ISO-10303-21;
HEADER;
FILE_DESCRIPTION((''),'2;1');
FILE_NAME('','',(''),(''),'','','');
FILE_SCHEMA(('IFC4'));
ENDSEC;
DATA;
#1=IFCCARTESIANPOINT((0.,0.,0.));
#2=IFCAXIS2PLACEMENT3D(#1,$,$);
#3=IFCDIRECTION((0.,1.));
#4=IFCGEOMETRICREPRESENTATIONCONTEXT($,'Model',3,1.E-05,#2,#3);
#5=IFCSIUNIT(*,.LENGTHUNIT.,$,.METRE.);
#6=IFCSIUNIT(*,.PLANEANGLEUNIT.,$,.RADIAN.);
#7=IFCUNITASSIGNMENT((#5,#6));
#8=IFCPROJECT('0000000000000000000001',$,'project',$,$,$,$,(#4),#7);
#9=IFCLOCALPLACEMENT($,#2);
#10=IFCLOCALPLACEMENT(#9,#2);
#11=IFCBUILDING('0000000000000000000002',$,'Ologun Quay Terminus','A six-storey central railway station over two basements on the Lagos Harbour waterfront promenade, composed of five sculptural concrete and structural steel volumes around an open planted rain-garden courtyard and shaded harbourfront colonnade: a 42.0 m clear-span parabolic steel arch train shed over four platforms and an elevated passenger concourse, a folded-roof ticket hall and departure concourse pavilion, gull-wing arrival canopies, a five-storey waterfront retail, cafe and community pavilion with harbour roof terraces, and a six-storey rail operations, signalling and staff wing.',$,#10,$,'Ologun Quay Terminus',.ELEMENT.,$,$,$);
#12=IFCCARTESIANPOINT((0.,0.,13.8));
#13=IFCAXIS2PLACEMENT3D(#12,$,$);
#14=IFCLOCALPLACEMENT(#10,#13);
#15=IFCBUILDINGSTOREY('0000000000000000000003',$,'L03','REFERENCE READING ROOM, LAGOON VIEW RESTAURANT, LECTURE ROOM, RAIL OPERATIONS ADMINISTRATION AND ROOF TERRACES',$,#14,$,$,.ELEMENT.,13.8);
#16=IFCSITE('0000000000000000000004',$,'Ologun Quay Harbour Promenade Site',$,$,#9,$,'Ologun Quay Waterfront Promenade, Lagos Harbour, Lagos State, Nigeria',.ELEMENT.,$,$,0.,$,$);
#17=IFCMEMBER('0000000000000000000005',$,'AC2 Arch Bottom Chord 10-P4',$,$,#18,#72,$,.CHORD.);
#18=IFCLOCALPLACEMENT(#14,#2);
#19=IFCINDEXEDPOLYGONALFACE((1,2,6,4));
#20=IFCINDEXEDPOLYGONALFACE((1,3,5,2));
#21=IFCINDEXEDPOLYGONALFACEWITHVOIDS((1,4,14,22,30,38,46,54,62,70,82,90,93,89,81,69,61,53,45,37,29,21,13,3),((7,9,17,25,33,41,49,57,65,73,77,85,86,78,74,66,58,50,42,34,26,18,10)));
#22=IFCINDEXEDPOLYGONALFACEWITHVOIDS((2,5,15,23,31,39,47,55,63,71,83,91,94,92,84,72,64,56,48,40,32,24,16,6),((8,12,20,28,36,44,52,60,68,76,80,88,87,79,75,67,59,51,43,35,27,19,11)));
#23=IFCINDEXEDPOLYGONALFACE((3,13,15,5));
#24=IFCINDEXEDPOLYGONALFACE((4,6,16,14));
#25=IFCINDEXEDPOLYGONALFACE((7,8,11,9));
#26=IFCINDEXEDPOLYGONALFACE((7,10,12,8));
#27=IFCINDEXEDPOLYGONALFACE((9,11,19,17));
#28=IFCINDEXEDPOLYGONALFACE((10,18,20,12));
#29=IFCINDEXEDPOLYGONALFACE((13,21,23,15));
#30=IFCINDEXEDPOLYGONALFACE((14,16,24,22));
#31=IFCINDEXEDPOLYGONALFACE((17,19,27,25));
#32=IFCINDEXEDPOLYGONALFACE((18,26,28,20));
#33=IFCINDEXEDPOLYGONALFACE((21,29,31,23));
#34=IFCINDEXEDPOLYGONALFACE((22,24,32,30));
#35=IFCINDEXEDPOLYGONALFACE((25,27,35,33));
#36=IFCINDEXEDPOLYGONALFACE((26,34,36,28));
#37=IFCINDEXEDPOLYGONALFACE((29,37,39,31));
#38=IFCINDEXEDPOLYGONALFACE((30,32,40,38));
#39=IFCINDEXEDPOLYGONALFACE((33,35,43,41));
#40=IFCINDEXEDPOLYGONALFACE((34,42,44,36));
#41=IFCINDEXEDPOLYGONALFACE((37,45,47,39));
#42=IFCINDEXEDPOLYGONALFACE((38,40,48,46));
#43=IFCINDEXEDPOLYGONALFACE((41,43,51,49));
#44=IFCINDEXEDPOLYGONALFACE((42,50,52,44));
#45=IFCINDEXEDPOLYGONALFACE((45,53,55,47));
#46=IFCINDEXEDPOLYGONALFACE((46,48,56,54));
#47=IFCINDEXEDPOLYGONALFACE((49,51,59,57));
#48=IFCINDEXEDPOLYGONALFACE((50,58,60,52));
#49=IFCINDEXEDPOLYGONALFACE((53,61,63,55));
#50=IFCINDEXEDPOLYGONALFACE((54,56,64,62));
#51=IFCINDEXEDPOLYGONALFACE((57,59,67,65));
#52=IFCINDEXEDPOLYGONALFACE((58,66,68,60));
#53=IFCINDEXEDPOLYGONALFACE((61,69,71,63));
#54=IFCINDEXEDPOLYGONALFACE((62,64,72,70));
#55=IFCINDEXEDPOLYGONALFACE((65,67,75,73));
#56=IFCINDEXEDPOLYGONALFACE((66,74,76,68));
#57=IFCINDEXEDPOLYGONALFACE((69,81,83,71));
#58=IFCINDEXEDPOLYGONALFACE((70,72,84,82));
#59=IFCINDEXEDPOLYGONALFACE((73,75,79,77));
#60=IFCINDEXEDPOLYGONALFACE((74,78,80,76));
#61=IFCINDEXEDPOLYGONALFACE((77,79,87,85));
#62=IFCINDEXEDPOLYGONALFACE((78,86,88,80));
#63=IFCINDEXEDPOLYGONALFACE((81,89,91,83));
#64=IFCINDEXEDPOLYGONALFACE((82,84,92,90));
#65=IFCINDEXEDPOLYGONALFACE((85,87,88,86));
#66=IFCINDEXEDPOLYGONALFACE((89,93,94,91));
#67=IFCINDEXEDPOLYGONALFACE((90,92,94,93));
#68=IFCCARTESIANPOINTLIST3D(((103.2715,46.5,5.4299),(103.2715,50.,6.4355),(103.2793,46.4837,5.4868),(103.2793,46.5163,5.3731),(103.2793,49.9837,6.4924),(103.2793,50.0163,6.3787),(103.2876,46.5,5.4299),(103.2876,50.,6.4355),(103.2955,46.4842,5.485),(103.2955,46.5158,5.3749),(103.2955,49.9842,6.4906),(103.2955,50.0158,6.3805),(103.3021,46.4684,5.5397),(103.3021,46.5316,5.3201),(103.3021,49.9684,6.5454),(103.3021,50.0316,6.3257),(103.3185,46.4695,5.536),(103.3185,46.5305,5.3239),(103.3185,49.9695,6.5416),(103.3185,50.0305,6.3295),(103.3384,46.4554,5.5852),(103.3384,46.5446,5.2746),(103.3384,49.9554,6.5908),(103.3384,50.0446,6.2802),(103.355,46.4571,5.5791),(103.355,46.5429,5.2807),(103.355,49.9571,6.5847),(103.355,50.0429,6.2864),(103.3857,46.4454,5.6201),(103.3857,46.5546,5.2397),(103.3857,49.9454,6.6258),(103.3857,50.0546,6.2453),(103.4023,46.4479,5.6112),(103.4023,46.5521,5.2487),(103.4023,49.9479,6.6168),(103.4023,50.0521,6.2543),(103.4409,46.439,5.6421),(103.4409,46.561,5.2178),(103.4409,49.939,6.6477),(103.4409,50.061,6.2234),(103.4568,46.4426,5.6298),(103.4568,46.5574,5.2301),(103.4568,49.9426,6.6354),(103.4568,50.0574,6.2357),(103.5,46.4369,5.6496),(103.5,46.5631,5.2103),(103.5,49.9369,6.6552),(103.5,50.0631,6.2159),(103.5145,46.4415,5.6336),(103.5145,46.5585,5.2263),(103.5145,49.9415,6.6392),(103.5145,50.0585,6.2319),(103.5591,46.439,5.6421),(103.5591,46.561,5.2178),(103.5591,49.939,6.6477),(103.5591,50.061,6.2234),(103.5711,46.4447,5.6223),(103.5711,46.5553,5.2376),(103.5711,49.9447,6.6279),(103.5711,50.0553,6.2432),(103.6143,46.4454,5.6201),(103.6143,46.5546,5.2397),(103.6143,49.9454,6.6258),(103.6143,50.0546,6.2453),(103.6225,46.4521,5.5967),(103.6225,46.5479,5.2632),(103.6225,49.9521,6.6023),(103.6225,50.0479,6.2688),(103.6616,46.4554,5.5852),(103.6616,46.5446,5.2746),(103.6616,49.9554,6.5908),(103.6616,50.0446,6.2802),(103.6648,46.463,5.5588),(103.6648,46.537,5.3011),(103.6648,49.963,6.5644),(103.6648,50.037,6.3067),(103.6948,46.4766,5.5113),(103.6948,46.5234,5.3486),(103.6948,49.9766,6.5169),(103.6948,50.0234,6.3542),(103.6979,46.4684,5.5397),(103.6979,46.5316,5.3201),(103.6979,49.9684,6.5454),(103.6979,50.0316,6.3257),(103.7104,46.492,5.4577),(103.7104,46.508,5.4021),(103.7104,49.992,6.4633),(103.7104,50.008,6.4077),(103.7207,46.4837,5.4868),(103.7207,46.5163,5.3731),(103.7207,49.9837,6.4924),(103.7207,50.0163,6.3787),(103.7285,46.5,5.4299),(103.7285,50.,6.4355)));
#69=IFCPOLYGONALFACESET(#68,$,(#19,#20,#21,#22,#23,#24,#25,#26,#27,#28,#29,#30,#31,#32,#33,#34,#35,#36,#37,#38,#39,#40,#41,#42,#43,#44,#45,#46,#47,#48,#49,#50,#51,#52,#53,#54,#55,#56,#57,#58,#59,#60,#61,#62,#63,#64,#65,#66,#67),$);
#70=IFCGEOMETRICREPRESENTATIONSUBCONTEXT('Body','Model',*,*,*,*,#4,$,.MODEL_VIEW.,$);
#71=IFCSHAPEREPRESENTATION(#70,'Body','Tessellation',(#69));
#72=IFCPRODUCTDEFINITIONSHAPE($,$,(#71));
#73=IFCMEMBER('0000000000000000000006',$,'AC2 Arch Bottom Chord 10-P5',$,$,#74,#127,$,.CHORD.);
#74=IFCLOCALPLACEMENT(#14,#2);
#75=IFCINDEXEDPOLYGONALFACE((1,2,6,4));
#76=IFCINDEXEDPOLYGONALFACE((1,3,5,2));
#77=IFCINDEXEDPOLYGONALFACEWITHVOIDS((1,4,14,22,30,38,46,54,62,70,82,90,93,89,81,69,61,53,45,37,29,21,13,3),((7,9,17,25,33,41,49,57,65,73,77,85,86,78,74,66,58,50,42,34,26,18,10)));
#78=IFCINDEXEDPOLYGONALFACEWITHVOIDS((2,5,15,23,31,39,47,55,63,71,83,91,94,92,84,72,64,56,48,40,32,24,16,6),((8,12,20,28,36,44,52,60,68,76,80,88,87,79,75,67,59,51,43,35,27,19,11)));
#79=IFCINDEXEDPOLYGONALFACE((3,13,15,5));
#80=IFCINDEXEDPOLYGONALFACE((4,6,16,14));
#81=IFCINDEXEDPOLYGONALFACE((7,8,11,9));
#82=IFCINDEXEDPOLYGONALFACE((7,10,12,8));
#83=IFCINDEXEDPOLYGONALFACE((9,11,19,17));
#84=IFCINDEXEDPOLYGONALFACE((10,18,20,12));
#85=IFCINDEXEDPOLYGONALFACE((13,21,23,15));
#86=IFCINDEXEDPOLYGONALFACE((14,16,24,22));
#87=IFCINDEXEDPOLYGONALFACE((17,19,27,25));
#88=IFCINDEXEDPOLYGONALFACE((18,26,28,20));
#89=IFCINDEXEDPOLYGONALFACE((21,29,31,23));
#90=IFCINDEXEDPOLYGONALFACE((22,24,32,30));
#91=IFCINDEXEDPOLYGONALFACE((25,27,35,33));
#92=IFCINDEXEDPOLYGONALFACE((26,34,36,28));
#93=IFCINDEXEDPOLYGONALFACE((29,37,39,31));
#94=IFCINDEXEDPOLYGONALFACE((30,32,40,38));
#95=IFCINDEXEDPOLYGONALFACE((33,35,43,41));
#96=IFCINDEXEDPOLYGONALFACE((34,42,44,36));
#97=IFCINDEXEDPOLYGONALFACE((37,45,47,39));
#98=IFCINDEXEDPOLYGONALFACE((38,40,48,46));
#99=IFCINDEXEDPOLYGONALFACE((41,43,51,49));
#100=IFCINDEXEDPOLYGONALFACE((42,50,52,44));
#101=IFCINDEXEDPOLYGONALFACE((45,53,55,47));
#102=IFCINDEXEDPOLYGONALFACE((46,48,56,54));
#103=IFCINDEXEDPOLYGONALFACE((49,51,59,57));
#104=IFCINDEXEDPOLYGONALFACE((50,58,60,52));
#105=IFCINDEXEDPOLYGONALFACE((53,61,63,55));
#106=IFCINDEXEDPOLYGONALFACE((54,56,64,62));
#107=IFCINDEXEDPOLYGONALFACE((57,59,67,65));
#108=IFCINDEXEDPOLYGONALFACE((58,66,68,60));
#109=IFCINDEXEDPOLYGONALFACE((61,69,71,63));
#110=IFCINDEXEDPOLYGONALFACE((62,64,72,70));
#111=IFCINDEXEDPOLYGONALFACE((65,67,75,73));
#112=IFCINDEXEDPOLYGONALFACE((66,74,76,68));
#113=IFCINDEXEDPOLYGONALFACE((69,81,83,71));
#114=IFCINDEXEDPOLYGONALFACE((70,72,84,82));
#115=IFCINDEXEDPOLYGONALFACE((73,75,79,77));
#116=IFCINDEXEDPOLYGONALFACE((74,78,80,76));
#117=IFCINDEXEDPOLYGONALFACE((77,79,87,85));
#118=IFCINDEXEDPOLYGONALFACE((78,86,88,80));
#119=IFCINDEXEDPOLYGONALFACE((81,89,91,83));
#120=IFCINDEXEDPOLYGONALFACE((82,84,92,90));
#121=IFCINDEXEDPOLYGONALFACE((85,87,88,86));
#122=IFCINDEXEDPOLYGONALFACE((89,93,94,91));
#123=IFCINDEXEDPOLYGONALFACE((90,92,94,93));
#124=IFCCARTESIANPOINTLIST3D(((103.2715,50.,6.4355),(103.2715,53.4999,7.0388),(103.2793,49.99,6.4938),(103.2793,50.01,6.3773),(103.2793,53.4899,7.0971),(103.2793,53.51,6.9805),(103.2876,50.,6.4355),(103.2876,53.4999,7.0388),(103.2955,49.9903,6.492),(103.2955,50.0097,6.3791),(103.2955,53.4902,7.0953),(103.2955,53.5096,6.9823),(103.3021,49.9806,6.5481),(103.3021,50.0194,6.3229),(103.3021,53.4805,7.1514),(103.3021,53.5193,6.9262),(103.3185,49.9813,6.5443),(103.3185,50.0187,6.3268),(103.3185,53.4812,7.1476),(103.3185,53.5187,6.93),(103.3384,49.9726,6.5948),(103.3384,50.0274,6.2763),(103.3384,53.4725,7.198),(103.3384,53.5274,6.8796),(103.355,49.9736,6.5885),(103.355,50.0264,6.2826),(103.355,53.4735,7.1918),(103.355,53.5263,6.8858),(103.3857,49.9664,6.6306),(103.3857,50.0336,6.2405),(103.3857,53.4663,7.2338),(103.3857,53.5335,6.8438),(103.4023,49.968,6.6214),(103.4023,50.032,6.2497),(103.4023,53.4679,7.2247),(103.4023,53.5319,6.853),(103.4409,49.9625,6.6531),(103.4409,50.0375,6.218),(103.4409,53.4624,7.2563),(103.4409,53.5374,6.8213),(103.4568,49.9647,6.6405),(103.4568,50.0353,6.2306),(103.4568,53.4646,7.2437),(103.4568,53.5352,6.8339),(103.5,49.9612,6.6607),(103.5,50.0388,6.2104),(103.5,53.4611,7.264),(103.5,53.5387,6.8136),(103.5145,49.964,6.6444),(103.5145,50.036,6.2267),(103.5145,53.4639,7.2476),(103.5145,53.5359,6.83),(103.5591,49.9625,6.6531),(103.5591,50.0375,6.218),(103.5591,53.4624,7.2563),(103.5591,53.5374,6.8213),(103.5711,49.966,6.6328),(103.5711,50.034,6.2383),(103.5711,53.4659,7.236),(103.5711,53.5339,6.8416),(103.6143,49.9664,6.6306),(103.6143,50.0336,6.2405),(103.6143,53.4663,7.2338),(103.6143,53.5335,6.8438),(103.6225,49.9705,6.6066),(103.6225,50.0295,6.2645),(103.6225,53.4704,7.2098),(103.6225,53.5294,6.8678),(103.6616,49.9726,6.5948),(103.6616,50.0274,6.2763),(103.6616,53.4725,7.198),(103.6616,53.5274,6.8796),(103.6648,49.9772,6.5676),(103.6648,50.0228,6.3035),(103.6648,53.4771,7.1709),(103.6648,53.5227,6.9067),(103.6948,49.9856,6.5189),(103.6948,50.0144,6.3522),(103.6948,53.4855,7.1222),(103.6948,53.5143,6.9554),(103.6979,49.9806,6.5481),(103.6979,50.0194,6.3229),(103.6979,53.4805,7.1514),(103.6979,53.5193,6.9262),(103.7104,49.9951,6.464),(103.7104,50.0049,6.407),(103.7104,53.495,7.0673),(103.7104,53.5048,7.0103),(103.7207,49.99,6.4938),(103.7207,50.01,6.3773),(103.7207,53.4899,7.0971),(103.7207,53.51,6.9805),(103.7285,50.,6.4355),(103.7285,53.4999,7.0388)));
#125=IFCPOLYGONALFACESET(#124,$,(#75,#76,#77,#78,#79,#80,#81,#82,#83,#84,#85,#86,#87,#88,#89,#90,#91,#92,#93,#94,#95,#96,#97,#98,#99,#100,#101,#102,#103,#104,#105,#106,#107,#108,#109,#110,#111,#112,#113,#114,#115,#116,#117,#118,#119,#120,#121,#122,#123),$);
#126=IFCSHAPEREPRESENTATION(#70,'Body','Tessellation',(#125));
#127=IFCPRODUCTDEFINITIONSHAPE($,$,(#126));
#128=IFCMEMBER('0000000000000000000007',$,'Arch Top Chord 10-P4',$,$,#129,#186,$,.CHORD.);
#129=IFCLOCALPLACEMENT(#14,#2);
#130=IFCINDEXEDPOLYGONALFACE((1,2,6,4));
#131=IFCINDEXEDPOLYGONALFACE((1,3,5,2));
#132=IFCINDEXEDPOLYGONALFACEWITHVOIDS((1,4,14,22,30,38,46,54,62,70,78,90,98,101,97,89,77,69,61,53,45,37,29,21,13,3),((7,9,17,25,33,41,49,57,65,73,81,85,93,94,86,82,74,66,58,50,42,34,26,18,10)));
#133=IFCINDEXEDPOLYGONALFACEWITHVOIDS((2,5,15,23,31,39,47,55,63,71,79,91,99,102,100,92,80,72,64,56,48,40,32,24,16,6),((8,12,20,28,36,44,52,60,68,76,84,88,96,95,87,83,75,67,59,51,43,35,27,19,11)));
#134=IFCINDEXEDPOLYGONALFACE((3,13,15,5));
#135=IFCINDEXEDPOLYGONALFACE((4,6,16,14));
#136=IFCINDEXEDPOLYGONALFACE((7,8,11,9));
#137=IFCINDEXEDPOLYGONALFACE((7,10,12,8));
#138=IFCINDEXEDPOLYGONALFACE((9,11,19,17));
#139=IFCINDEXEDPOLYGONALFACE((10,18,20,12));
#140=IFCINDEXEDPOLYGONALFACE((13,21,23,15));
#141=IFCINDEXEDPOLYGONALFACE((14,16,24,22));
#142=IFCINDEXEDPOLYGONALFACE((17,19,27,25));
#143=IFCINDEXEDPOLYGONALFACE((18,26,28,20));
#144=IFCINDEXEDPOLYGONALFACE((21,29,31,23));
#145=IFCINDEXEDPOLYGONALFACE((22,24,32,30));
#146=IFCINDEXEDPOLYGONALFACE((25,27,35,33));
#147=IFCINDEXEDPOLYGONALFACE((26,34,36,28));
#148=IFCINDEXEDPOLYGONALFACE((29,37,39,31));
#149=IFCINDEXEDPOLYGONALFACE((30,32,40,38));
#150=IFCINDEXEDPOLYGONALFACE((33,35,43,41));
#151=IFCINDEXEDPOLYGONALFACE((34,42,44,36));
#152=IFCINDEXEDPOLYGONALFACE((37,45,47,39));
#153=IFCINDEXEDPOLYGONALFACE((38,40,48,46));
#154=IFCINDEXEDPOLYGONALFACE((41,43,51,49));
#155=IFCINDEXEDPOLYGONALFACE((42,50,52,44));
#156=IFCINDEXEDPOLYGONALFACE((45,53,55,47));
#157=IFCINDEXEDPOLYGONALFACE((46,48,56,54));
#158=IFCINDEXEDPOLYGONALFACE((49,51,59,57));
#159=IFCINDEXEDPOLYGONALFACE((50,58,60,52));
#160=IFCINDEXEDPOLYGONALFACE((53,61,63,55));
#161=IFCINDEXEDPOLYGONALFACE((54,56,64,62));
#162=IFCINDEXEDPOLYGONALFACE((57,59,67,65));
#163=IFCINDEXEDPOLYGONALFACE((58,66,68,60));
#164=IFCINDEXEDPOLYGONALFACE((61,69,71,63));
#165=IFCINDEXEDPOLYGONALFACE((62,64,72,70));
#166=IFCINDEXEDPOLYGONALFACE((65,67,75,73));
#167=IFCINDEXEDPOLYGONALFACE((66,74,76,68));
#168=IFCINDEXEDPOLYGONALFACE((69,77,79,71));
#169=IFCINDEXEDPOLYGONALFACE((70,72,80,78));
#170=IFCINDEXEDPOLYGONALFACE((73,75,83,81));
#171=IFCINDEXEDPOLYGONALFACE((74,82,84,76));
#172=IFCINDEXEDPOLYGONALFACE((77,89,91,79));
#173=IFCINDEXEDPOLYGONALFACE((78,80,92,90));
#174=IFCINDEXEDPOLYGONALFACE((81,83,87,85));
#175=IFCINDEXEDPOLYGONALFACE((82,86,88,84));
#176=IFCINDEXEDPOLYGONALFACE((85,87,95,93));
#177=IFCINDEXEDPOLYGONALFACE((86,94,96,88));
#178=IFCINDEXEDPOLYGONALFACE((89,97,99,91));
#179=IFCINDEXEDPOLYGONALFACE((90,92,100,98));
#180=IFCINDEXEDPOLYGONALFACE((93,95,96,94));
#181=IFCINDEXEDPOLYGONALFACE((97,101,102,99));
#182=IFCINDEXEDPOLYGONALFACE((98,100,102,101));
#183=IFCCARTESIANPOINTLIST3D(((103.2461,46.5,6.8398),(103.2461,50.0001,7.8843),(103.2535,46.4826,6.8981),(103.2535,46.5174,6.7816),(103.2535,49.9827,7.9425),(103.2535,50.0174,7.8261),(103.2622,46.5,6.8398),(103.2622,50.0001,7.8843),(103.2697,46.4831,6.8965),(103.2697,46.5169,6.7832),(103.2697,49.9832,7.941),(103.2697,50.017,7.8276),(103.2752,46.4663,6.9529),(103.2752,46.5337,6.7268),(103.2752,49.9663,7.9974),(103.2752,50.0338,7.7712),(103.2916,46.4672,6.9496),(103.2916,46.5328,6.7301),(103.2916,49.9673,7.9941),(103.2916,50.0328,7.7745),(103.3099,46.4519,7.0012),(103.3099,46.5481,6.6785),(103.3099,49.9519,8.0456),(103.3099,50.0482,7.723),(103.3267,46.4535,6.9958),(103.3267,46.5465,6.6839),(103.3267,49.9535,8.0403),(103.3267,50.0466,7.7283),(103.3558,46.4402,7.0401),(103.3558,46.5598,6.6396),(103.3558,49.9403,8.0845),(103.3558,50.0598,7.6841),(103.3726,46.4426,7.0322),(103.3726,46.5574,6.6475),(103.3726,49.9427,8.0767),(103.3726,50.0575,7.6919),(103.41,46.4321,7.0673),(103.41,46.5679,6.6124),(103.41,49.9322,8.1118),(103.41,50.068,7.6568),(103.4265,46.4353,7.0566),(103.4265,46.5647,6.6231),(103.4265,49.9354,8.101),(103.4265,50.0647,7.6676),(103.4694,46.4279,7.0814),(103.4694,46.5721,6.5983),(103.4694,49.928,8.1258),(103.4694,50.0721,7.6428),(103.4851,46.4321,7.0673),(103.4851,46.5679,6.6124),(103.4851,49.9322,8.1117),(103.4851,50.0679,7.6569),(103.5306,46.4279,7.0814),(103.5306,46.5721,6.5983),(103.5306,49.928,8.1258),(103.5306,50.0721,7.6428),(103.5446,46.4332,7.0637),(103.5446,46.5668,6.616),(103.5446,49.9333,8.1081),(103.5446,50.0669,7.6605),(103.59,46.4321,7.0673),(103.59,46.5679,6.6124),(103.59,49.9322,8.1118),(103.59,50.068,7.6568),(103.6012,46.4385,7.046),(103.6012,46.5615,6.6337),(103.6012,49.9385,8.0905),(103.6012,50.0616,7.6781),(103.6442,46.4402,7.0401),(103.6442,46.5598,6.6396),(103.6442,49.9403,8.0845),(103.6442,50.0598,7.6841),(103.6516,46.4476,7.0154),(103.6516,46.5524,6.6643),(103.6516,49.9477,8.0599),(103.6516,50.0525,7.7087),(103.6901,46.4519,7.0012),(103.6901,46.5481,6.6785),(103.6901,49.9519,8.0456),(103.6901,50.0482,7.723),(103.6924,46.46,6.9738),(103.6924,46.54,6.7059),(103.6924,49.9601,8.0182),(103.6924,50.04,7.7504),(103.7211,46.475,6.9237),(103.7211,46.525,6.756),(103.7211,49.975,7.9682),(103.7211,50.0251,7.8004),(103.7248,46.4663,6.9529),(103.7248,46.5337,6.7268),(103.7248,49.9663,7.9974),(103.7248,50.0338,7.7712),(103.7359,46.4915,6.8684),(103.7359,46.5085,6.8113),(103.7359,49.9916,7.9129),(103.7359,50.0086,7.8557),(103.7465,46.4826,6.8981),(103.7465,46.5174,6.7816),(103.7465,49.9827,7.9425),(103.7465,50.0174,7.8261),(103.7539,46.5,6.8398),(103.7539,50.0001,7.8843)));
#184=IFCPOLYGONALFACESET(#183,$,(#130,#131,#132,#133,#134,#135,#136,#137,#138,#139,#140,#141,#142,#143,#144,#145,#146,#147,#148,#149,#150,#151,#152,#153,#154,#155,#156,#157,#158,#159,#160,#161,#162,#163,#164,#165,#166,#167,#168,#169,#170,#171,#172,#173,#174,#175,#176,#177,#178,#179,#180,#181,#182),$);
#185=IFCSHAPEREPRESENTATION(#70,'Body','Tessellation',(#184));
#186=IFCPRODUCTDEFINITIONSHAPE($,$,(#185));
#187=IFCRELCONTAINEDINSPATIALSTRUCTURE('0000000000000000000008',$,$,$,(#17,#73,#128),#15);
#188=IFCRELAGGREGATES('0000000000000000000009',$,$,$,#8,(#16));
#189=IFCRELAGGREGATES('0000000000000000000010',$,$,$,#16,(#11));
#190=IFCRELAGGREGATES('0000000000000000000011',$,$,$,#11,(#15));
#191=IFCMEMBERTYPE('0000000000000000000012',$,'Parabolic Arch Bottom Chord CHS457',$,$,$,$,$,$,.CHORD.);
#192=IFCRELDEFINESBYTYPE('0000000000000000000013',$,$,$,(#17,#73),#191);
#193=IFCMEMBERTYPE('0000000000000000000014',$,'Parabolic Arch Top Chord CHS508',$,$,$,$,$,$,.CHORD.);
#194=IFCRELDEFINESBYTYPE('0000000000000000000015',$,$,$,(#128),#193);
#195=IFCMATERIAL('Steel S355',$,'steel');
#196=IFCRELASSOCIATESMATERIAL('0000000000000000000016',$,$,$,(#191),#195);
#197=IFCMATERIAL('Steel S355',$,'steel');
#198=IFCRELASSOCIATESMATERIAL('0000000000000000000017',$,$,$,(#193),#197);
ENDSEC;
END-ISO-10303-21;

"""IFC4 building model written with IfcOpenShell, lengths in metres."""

from ifc_helpers import new_model, si_unit, direction, frame, origin, origin_2d, place, context, subcontext, project, spatial, hollow_circle, extrude, material, material_profile, profile_set, type_object, element, save


model = new_model("IFC4")

# Units and contexts
model_context = context("Model", 3, precision=1e-05, world=origin(), true_north=direction((0.0, 1.0)))
body_context = subcontext(model_context, "Body", "Model", "MODEL_VIEW")
ifc_project = project(units=[si_unit("LENGTHUNIT", "METRE"), si_unit("PLANEANGLEUNIT", "RADIAN")], contexts=[model_context])

# Site, building, storey
site_placement = place(None, origin())
site = spatial("IfcSite", under=ifc_project, at=site_placement, Name="Ologun Quay Harbour Promenade Site", LongName="Ologun Quay Waterfront Promenade, Lagos Harbour, Lagos State, Nigeria", CompositionType="ELEMENT", RefElevation=0.0)
building_placement = place(site_placement, origin())
building = spatial("IfcBuilding", under=site, at=building_placement, Name="Ologun Quay Terminus", Description="A six-storey central railway station over two basements on the Lagos Harbour waterfront promenade, composed of five sculptural concrete and structural steel volumes around an open planted rain-garden courtyard and shaded harbourfront colonnade: a 42.0 m clear-span parabolic steel arch train shed over four platforms and an elevated passenger concourse, a folded-roof ticket hall and departure concourse pavilion, gull-wing arrival canopies, a five-storey waterfront retail, cafe and community pavilion with harbour roof terraces, and a six-storey rail operations, signalling and staff wing.", LongName="Ologun Quay Terminus", CompositionType="ELEMENT")
storey_placement = place(building_placement, frame((0.0, 0.0, 13.8)))
storey = spatial("IfcBuildingStorey", under=building, at=storey_placement, Name="L03", Description="REFERENCE READING ROOM, LAGOON VIEW RESTAURANT, LECTURE ROOM, RAIL OPERATIONS ADMINISTRATION AND ROOF TERRACES", CompositionType="ELEMENT", Elevation=13.8)

# Members
ifc_material_1 = material(Name="Steel S355", Category="steel")
ifc_material_profile_1 = material_profile(ifc_material_1, hollow_circle(Radius=0.2285, WallThickness=0.0161, at=origin_2d()), Name="CHS 457x16")
ifc_profile_set_1 = profile_set([ifc_material_profile_1], Name="Steel S355")
member_type_1 = type_object("IfcMemberType", Name="Parabolic Arch Bottom Chord CHS457", PredefinedType="CHORD", material=ifc_profile_set_1)
member_1_placement = place(storey_placement, frame((103.5, 46.5, 5.4299), z_axis=(0.0, 0.961116, 0.276146), x_axis=(-1.0, 0.0, 0.0)))
element("IfcMember", 1, at=member_1_placement, inside=storey, type_object=member_type_1, Name="AC2 Arch Bottom Chord 10-P4", PredefinedType="CHORD", context=body_context, shape_type="SweptSolid", body=[
    extrude(hollow_circle(Radius=0.2285, WallThickness=0.0161, at=origin_2d()), origin(), (0.0, 0.0, 1.0), 3.6416),
])
member_2_placement = place(storey_placement, frame((103.5, 50.0, 6.4355), z_axis=(0.0, 0.985468, 0.169859), x_axis=(-1.0, 0.0, 0.0)))
element("IfcMember", 2, at=member_2_placement, inside=storey, type_object=member_type_1, Name="AC2 Arch Bottom Chord 10-P5", PredefinedType="CHORD", context=body_context, shape_type="SweptSolid", body=[
    extrude(hollow_circle(Radius=0.2285, WallThickness=0.0161, at=origin_2d()), origin(), (0.0, 0.0, 1.0), 3.5515),
])
ifc_material_2 = material(Name="Steel S355", Category="steel")
ifc_material_profile_2 = material_profile(ifc_material_2, hollow_circle(Radius=0.2539, WallThickness=0.0161, at=origin_2d()), Name="CHS 508x16")
ifc_profile_set_2 = profile_set([ifc_material_profile_2], Name="Steel S355")
member_type_2 = type_object("IfcMemberType", Name="Parabolic Arch Top Chord CHS508", PredefinedType="CHORD", material=ifc_profile_set_2)
member_3_placement = place(storey_placement, frame((103.5, 46.5, 6.8398), z_axis=(0.0, 0.958245, 0.285949), x_axis=(-1.0, 0.0, 0.0)))
element("IfcMember", 3, at=member_3_placement, inside=storey, type_object=member_type_2, Name="Arch Top Chord 10-P4", PredefinedType="CHORD", context=body_context, shape_type="SweptSolid", body=[
    extrude(hollow_circle(Radius=0.2539, WallThickness=0.0161, at=origin_2d()), origin(), (0.0, 0.0, 1.0), 3.6526),
])

save(model, "model.ifc")
